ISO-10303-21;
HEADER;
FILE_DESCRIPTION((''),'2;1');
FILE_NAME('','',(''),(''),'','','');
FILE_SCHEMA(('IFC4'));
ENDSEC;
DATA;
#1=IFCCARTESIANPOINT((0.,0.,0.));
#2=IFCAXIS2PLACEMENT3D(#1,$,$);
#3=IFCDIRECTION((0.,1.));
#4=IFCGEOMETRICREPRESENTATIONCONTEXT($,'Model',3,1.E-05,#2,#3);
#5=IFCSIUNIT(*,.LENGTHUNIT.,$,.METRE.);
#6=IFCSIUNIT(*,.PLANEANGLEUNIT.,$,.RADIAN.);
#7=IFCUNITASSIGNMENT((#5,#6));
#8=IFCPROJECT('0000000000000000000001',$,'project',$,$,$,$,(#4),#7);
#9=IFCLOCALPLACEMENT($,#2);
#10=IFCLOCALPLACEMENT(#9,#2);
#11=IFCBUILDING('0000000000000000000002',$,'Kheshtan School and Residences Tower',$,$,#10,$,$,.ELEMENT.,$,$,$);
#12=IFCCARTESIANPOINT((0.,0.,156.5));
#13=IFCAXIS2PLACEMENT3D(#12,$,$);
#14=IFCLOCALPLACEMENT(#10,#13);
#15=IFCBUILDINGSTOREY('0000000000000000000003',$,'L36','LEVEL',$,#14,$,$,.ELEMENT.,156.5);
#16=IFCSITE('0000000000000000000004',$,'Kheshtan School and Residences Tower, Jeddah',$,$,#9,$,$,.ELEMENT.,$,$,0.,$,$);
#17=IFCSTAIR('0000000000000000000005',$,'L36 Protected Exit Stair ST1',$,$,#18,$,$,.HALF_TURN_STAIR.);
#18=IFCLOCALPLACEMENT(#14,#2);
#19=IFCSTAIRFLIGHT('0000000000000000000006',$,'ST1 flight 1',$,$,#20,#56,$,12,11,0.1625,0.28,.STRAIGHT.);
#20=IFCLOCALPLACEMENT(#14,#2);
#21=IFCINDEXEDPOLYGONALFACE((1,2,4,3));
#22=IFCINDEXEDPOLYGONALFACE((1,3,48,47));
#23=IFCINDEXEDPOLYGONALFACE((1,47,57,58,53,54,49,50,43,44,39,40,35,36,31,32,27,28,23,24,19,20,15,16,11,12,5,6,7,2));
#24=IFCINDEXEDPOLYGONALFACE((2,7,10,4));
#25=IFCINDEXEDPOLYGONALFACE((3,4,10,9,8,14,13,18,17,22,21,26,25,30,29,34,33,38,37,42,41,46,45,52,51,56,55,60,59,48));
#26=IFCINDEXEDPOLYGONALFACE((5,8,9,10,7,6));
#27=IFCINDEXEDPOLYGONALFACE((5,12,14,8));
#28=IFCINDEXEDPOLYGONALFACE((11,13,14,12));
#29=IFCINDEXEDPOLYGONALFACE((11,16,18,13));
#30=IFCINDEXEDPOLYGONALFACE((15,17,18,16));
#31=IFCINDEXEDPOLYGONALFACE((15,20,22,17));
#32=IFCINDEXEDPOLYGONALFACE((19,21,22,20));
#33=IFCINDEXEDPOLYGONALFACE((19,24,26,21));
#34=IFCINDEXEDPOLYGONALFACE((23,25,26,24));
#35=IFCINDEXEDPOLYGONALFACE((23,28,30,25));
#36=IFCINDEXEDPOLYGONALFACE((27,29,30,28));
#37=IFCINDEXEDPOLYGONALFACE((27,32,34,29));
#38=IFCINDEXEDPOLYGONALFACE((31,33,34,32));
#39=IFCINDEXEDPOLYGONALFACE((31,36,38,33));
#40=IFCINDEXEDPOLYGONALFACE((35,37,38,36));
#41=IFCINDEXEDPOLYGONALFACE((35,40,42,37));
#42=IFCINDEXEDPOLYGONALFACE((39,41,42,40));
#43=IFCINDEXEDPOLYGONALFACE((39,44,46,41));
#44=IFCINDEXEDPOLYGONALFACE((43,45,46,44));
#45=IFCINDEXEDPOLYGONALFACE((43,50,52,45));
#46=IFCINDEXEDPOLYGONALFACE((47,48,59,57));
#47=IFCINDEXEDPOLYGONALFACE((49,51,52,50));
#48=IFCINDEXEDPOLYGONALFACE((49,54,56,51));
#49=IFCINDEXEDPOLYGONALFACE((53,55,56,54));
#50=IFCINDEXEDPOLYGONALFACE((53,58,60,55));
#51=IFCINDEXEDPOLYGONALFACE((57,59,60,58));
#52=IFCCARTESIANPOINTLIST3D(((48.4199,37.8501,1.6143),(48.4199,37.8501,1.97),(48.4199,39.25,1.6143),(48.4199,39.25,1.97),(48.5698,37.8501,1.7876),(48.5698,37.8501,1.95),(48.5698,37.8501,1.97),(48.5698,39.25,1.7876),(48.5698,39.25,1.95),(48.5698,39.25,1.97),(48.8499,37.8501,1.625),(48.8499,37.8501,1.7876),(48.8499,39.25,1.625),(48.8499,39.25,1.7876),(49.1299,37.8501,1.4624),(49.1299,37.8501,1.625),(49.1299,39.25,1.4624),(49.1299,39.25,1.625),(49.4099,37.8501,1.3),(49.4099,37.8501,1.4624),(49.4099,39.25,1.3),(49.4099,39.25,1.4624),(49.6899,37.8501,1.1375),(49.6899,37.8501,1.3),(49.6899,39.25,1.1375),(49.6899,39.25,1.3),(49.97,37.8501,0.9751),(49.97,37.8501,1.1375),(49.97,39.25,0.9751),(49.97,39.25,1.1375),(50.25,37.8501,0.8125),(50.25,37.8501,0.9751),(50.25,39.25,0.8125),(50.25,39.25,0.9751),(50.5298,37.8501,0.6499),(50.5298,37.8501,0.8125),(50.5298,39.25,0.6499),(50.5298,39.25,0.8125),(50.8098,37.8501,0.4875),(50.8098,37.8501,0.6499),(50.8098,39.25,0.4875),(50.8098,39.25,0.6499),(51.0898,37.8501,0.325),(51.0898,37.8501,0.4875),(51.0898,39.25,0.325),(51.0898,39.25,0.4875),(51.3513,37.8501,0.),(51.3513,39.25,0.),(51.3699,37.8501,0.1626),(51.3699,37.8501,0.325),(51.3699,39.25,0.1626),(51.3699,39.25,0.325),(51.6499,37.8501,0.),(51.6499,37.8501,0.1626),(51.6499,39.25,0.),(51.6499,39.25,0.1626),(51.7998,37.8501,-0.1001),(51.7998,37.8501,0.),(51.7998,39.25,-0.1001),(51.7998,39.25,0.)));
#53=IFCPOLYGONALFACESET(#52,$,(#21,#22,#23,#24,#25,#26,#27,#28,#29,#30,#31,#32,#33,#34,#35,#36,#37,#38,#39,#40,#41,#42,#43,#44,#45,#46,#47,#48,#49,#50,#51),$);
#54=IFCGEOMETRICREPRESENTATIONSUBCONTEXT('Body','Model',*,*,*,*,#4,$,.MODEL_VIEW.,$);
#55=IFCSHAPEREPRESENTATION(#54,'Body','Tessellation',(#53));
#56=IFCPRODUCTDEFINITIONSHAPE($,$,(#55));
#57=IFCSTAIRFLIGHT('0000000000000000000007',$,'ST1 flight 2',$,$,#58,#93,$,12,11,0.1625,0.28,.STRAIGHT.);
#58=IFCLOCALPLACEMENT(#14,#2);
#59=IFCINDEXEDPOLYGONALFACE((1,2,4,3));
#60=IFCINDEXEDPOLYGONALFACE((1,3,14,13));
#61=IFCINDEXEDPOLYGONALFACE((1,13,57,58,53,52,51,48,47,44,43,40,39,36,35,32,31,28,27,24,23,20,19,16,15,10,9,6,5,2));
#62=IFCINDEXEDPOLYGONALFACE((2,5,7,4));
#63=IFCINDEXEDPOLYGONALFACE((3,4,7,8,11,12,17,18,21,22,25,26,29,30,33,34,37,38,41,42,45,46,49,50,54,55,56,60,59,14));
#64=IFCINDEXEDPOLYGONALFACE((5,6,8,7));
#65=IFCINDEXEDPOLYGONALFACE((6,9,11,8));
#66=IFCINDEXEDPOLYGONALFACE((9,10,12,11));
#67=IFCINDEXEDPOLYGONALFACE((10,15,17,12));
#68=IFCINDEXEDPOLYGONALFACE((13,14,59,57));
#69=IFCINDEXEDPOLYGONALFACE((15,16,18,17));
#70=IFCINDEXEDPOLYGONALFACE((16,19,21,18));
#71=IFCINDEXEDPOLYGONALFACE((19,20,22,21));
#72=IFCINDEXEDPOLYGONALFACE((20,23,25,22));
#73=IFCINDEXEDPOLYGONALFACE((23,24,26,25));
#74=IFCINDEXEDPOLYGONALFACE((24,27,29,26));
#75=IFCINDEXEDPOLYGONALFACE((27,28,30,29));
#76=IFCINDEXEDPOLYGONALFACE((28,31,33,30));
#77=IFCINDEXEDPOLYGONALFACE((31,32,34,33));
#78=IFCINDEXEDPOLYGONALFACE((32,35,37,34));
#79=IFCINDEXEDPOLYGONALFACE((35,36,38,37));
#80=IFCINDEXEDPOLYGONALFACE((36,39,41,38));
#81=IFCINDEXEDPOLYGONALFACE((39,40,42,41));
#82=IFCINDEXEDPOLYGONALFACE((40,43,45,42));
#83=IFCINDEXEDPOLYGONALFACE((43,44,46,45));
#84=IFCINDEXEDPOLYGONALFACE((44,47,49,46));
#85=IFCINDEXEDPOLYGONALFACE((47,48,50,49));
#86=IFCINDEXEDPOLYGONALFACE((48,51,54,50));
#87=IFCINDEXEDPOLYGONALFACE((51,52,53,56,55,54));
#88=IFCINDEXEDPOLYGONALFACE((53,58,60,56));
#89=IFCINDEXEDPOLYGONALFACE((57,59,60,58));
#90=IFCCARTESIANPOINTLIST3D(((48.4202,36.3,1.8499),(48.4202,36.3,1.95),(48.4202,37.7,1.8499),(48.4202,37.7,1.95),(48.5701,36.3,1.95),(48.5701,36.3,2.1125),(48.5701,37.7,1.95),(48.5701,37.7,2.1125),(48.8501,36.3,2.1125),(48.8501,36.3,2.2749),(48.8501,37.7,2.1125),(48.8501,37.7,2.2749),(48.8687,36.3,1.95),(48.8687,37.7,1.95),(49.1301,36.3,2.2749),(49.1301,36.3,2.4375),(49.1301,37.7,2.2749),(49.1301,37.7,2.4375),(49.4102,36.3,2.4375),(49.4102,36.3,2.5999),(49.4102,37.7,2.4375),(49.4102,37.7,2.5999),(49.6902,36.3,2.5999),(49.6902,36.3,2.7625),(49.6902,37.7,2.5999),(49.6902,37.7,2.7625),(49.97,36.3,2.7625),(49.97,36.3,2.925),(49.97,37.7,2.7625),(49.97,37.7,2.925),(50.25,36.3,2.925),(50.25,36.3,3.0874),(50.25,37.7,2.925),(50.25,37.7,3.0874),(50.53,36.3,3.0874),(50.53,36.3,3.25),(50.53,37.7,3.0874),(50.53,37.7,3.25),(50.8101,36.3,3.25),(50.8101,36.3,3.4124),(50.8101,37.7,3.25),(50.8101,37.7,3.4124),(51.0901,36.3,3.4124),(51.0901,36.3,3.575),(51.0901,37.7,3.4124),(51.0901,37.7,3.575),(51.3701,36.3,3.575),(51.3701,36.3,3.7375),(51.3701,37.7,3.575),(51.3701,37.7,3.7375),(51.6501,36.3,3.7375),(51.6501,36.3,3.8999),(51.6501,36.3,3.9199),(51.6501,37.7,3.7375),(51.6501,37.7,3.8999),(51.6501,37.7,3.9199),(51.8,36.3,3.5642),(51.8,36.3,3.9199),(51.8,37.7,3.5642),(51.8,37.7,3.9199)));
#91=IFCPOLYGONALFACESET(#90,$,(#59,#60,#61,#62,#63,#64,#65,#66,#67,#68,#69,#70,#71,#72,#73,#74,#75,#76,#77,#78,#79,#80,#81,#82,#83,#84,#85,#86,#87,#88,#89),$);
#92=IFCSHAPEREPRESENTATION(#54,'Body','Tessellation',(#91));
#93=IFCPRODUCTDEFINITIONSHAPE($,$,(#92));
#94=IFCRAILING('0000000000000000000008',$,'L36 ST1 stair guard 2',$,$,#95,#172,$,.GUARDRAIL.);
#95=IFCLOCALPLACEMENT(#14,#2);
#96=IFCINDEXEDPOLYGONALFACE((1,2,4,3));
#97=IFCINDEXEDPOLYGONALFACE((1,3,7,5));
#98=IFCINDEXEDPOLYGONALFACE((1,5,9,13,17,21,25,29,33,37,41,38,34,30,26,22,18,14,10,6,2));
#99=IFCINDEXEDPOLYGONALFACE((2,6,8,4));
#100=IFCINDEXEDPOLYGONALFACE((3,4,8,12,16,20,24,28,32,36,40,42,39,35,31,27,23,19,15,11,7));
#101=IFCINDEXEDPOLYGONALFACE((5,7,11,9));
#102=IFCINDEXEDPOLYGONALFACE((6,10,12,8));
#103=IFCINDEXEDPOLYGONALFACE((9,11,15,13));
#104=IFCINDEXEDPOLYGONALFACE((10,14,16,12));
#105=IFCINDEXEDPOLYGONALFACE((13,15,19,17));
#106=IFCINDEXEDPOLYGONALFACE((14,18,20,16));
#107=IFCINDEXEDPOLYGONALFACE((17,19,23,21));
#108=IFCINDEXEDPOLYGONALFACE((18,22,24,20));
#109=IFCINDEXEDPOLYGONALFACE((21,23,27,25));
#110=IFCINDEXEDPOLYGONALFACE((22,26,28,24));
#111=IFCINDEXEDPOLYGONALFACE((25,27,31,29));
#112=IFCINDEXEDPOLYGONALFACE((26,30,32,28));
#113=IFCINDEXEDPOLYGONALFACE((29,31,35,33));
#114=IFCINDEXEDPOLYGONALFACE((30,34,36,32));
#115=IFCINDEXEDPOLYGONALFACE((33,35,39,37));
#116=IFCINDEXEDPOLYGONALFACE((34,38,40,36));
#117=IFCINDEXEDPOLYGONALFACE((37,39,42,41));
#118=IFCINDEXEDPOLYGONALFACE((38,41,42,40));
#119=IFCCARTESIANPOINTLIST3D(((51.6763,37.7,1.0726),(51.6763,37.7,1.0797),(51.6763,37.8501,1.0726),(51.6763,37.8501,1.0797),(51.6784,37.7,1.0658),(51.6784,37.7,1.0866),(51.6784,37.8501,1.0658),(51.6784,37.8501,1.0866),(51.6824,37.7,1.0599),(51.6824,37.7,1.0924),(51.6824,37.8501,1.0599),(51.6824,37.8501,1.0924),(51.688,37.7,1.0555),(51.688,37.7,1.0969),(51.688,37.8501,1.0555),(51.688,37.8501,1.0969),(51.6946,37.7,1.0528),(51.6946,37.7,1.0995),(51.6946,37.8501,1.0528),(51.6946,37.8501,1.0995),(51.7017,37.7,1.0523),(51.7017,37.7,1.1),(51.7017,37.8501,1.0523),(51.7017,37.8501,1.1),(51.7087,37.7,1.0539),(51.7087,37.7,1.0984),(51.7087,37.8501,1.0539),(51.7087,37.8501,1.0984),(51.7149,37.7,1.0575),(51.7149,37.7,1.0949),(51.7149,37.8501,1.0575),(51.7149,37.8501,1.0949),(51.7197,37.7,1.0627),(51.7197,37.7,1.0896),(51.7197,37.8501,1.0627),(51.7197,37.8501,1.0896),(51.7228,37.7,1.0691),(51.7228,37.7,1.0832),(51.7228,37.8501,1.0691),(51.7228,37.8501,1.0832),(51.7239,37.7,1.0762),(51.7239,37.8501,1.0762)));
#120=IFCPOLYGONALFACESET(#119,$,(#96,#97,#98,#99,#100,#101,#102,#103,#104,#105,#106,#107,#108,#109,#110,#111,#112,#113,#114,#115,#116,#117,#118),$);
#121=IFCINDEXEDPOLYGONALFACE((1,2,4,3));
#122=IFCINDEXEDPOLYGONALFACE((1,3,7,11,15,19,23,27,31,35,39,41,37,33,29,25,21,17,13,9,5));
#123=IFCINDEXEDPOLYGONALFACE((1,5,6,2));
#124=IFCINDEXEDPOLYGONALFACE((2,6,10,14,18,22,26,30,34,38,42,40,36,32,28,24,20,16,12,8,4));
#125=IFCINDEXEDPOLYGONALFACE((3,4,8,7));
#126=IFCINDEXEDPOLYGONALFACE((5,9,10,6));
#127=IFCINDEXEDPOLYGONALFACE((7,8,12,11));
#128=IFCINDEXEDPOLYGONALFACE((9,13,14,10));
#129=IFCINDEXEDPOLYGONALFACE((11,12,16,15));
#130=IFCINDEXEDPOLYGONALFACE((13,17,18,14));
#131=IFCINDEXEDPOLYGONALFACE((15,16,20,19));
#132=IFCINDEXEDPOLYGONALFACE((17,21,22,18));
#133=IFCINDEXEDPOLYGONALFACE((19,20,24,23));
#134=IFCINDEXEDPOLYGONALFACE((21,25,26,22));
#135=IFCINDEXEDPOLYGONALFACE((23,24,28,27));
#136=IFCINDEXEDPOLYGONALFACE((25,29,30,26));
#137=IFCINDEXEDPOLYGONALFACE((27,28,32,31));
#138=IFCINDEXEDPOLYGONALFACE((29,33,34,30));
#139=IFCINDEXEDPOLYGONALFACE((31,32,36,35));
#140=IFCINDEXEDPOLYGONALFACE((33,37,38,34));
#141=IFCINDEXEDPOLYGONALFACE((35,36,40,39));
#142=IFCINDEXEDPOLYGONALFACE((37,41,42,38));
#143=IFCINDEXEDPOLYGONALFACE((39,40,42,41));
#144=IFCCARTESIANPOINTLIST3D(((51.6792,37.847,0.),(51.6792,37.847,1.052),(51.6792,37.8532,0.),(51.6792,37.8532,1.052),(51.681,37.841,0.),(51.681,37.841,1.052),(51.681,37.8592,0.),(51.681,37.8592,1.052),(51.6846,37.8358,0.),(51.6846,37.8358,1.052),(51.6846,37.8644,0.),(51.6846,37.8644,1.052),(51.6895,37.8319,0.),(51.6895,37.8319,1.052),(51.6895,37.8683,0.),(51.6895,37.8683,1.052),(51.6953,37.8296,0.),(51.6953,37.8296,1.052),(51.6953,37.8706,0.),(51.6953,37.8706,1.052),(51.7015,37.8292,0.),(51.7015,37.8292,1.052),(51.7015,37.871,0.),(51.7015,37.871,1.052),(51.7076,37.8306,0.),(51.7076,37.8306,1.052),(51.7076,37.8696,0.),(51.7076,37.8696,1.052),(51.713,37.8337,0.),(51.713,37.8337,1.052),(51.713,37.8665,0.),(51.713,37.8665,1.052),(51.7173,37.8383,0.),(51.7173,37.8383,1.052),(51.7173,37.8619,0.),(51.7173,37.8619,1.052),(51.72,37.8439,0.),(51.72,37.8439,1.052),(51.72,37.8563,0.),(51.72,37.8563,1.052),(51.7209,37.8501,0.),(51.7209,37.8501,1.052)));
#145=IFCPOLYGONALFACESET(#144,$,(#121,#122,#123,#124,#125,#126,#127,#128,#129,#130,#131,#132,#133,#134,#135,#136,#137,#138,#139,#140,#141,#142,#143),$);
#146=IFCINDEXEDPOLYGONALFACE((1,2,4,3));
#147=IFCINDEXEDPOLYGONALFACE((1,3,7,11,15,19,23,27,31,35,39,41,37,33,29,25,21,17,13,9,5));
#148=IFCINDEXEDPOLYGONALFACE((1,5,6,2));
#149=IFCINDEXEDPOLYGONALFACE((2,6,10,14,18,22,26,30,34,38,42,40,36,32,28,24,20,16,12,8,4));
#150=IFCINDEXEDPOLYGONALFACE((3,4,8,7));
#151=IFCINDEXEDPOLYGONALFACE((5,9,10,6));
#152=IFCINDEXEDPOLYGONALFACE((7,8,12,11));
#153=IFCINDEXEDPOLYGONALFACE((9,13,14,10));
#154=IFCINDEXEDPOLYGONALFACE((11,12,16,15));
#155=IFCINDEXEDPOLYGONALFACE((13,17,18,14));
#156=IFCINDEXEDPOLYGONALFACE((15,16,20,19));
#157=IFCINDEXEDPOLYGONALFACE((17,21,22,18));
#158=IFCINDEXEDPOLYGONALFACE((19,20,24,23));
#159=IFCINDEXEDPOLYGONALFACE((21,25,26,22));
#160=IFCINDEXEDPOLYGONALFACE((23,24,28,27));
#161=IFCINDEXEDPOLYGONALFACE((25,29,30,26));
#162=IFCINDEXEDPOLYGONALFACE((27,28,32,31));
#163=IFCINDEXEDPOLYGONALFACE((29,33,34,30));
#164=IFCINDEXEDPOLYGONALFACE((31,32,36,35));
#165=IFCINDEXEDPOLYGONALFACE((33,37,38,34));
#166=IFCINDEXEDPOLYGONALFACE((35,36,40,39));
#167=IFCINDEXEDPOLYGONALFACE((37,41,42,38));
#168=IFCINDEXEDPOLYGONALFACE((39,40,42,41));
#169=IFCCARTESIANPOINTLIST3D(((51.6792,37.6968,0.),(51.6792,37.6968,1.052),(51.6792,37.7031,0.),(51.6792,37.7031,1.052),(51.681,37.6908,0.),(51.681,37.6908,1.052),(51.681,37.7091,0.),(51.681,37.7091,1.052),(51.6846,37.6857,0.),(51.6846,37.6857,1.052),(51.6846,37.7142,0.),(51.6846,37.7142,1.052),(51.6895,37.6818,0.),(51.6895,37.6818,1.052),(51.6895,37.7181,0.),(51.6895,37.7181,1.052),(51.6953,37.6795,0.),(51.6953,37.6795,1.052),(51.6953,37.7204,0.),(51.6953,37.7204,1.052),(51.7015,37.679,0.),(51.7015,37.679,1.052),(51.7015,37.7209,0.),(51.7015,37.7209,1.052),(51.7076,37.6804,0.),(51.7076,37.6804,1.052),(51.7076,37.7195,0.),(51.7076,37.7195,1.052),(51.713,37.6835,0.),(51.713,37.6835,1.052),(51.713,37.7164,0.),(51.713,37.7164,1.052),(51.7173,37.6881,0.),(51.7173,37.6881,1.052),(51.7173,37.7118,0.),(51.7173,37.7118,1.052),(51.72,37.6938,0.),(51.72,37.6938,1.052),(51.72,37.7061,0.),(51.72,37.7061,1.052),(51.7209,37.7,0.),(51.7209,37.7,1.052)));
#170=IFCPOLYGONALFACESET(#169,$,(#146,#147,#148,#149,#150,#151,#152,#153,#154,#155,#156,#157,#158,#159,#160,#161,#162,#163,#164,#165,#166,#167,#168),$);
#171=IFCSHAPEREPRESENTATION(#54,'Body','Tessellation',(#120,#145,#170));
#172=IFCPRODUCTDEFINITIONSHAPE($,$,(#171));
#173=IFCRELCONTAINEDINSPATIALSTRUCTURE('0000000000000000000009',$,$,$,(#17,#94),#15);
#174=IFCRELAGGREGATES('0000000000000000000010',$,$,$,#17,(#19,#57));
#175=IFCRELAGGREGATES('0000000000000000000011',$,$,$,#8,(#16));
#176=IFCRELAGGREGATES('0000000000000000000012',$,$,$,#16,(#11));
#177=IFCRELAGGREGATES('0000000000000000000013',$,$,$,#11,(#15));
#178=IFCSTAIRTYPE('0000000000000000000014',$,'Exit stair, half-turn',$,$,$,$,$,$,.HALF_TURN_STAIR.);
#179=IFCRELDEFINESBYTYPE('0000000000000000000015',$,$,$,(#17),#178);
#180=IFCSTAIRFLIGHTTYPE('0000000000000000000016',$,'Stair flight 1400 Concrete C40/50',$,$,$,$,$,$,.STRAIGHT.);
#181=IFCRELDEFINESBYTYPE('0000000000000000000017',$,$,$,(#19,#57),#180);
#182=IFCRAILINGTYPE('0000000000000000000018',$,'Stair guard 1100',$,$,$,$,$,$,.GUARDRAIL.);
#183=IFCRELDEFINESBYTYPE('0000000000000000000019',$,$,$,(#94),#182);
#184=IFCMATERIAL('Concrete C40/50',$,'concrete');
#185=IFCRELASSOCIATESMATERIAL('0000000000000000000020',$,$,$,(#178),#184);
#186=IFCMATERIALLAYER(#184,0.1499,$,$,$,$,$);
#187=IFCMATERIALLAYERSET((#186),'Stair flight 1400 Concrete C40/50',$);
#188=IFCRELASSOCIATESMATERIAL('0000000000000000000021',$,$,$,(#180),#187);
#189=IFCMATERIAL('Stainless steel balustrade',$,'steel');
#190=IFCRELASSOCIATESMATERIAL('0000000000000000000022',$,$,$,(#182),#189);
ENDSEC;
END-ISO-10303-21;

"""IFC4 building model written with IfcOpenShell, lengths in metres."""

from ifc_helpers import new_model, si_unit, direction, frame, origin, origin_2d, place, context, subcontext, project, spatial, polyline, circle, outline, extrude, material, layer, layer_set, type_object, element, aggregate, save


model = new_model("IFC4")

# Units and contexts
model_context = context("Model", 3, precision=1e-05, world=origin(), true_north=direction((0.0, 1.0)))
body_context = subcontext(model_context, "Body", "Model", "MODEL_VIEW")
ifc_project = project(units=[si_unit("LENGTHUNIT", "METRE"), si_unit("PLANEANGLEUNIT", "RADIAN")], contexts=[model_context])

# Site, building, storey
site_placement = place(None, origin())
site = spatial("IfcSite", under=ifc_project, at=site_placement, Name="Kheshtan School and Residences Tower, Jeddah", CompositionType="ELEMENT", RefElevation=0.0)
building_placement = place(site_placement, origin())
building = spatial("IfcBuilding", under=site, at=building_placement, Name="Kheshtan School and Residences Tower", CompositionType="ELEMENT")
storey_placement = place(building_placement, frame((0.0, 0.0, 156.5)))
storey = spatial("IfcBuildingStorey", under=building, at=storey_placement, Name="L36", Description="LEVEL", CompositionType="ELEMENT", Elevation=156.5)

# Shared definitions
ifc_material_1 = material(Name="Concrete C40/50", Category="concrete")

# Stair, stair flights
stair_type = type_object("IfcStairType", Name="Exit stair, half-turn", PredefinedType="HALF_TURN_STAIR", material=ifc_material_1)
stair_placement = place(storey_placement, origin())
stair = element("IfcStair", 1, at=stair_placement, inside=storey, type_object=stair_type, Name="L36 Protected Exit Stair ST1", PredefinedType="HALF_TURN_STAIR")
ifc_layer_1 = layer(ifc_material_1, 0.1499)
ifc_layer_set_1 = layer_set([ifc_layer_1], Name="Stair flight 1400 Concrete C40/50")
stair_flight_type = type_object("IfcStairFlightType", Name="Stair flight 1400 Concrete C40/50", PredefinedType="STRAIGHT", material=ifc_layer_set_1)
stair_flight_1_placement = place(storey_placement, frame((51.6499, 38.55, 0.0), z_axis=(0.0, 0.0, 1.0), x_axis=(-1.0, 0.0, 0.0)))
stair_flight_1 = element("IfcStairFlight", 2, at=stair_flight_1_placement, type_object=stair_flight_type, Name="ST1 flight 1", NumberOfRisers=12, NumberOfTreads=11, PredefinedType="STRAIGHT", RiserHeight=0.1625, TreadLength=0.28, context=body_context, shape_type="SweptSolid", body=[
    extrude(outline(polyline([(-0.1499, -0.1001), (-0.1499, 0.0), (0.0, 0.0), (0.0, 0.1626), (0.28, 0.1626), (0.28, 0.325), (0.5601, 0.325), (0.5601, 0.4875), (0.8401, 0.4875), (0.8401, 0.6499), (1.1201, 0.6499), (1.1201, 0.8125), (1.3999, 0.8125), (1.3999, 0.9751), (1.6799, 0.9751), (1.6799, 1.1375), (1.96, 1.1375), (1.96, 1.3), (2.24, 1.3), (2.24, 1.4624), (2.52, 1.4624), (2.52, 1.625), (2.8, 1.625), (2.8, 1.7876), (3.0801, 1.7876), (3.0801, 1.95), (3.0801, 1.97), (3.23, 1.97), (3.23, 1.6143), (0.2986, 0.0), (-0.1499, -0.1001)])), frame((0.0, 0.7, 0.0), z_axis=(0.0, -1.0, 0.0), x_axis=(1.0, 0.0, 0.0)), (0.0, 0.0, 1.0), 1.3999),
])
stair_flight_2_placement = place(storey_placement, frame((48.5701, 37.0, 1.95), z_axis=(0.0, 0.0, 1.0), x_axis=(1.0, 0.0, 0.0)))
stair_flight_2 = element("IfcStairFlight", 3, at=stair_flight_2_placement, type_object=stair_flight_type, Name="ST1 flight 2", NumberOfRisers=12, NumberOfTreads=11, PredefinedType="STRAIGHT", RiserHeight=0.1625, TreadLength=0.28, context=body_context, shape_type="SweptSolid", body=[
    extrude(outline(polyline([(-0.1499, -0.1001), (-0.1499, 0.0), (0.0, 0.0), (0.0, 0.1626), (0.28, 0.1626), (0.28, 0.325), (0.5601, 0.325), (0.5601, 0.4875), (0.8401, 0.4875), (0.8401, 0.6499), (1.1201, 0.6499), (1.1201, 0.8125), (1.3999, 0.8125), (1.3999, 0.9751), (1.6799, 0.9751), (1.6799, 1.1375), (1.96, 1.1375), (1.96, 1.3), (2.24, 1.3), (2.24, 1.4624), (2.52, 1.4624), (2.52, 1.625), (2.8, 1.625), (2.8, 1.7876), (3.0801, 1.7876), (3.0801, 1.95), (3.0801, 1.97), (3.23, 1.97), (3.23, 1.6143), (0.2986, 0.0), (-0.1499, -0.1001)])), frame((0.0, 0.7, 0.0), z_axis=(0.0, -1.0, 0.0), x_axis=(1.0, 0.0, 0.0)), (0.0, 0.0, 1.0), 1.3999),
])
aggregate(stair, [stair_flight_1, stair_flight_2])

# Railing
ifc_material_2 = material(Name="Stainless steel balustrade", Category="steel")
railing_type_1 = type_object("IfcRailingType", Name="Stair guard 1100", PredefinedType="GUARDRAIL", material=ifc_material_2)
railing_1_placement = place(storey_placement, frame((51.7, 37.8501, 0.0)))
element("IfcRailing", 4, at=railing_1_placement, inside=storey, type_object=railing_type_1, Name="L36 ST1 stair guard 2", PredefinedType="GUARDRAIL", context=body_context, shape_type="SweptSolid", body=[
    extrude(circle(Radius=0.0239, at=origin_2d()), frame((0.0, 0.0, 1.0762), z_axis=(0.0, -1.0, 0.0), x_axis=(1.0, 0.0, 0.0)), (0.0, 0.0, 1.0), 0.1501),
    extrude(circle(Radius=0.021, at=origin_2d()), origin(), (0.0, 0.0, 1.0), 1.052),
    extrude(circle(Radius=0.021, at=origin_2d()), frame((0.0, -0.1501, 0.0)), (0.0, 0.0, 1.0), 1.052),
])

save(model, "model.ifc")
